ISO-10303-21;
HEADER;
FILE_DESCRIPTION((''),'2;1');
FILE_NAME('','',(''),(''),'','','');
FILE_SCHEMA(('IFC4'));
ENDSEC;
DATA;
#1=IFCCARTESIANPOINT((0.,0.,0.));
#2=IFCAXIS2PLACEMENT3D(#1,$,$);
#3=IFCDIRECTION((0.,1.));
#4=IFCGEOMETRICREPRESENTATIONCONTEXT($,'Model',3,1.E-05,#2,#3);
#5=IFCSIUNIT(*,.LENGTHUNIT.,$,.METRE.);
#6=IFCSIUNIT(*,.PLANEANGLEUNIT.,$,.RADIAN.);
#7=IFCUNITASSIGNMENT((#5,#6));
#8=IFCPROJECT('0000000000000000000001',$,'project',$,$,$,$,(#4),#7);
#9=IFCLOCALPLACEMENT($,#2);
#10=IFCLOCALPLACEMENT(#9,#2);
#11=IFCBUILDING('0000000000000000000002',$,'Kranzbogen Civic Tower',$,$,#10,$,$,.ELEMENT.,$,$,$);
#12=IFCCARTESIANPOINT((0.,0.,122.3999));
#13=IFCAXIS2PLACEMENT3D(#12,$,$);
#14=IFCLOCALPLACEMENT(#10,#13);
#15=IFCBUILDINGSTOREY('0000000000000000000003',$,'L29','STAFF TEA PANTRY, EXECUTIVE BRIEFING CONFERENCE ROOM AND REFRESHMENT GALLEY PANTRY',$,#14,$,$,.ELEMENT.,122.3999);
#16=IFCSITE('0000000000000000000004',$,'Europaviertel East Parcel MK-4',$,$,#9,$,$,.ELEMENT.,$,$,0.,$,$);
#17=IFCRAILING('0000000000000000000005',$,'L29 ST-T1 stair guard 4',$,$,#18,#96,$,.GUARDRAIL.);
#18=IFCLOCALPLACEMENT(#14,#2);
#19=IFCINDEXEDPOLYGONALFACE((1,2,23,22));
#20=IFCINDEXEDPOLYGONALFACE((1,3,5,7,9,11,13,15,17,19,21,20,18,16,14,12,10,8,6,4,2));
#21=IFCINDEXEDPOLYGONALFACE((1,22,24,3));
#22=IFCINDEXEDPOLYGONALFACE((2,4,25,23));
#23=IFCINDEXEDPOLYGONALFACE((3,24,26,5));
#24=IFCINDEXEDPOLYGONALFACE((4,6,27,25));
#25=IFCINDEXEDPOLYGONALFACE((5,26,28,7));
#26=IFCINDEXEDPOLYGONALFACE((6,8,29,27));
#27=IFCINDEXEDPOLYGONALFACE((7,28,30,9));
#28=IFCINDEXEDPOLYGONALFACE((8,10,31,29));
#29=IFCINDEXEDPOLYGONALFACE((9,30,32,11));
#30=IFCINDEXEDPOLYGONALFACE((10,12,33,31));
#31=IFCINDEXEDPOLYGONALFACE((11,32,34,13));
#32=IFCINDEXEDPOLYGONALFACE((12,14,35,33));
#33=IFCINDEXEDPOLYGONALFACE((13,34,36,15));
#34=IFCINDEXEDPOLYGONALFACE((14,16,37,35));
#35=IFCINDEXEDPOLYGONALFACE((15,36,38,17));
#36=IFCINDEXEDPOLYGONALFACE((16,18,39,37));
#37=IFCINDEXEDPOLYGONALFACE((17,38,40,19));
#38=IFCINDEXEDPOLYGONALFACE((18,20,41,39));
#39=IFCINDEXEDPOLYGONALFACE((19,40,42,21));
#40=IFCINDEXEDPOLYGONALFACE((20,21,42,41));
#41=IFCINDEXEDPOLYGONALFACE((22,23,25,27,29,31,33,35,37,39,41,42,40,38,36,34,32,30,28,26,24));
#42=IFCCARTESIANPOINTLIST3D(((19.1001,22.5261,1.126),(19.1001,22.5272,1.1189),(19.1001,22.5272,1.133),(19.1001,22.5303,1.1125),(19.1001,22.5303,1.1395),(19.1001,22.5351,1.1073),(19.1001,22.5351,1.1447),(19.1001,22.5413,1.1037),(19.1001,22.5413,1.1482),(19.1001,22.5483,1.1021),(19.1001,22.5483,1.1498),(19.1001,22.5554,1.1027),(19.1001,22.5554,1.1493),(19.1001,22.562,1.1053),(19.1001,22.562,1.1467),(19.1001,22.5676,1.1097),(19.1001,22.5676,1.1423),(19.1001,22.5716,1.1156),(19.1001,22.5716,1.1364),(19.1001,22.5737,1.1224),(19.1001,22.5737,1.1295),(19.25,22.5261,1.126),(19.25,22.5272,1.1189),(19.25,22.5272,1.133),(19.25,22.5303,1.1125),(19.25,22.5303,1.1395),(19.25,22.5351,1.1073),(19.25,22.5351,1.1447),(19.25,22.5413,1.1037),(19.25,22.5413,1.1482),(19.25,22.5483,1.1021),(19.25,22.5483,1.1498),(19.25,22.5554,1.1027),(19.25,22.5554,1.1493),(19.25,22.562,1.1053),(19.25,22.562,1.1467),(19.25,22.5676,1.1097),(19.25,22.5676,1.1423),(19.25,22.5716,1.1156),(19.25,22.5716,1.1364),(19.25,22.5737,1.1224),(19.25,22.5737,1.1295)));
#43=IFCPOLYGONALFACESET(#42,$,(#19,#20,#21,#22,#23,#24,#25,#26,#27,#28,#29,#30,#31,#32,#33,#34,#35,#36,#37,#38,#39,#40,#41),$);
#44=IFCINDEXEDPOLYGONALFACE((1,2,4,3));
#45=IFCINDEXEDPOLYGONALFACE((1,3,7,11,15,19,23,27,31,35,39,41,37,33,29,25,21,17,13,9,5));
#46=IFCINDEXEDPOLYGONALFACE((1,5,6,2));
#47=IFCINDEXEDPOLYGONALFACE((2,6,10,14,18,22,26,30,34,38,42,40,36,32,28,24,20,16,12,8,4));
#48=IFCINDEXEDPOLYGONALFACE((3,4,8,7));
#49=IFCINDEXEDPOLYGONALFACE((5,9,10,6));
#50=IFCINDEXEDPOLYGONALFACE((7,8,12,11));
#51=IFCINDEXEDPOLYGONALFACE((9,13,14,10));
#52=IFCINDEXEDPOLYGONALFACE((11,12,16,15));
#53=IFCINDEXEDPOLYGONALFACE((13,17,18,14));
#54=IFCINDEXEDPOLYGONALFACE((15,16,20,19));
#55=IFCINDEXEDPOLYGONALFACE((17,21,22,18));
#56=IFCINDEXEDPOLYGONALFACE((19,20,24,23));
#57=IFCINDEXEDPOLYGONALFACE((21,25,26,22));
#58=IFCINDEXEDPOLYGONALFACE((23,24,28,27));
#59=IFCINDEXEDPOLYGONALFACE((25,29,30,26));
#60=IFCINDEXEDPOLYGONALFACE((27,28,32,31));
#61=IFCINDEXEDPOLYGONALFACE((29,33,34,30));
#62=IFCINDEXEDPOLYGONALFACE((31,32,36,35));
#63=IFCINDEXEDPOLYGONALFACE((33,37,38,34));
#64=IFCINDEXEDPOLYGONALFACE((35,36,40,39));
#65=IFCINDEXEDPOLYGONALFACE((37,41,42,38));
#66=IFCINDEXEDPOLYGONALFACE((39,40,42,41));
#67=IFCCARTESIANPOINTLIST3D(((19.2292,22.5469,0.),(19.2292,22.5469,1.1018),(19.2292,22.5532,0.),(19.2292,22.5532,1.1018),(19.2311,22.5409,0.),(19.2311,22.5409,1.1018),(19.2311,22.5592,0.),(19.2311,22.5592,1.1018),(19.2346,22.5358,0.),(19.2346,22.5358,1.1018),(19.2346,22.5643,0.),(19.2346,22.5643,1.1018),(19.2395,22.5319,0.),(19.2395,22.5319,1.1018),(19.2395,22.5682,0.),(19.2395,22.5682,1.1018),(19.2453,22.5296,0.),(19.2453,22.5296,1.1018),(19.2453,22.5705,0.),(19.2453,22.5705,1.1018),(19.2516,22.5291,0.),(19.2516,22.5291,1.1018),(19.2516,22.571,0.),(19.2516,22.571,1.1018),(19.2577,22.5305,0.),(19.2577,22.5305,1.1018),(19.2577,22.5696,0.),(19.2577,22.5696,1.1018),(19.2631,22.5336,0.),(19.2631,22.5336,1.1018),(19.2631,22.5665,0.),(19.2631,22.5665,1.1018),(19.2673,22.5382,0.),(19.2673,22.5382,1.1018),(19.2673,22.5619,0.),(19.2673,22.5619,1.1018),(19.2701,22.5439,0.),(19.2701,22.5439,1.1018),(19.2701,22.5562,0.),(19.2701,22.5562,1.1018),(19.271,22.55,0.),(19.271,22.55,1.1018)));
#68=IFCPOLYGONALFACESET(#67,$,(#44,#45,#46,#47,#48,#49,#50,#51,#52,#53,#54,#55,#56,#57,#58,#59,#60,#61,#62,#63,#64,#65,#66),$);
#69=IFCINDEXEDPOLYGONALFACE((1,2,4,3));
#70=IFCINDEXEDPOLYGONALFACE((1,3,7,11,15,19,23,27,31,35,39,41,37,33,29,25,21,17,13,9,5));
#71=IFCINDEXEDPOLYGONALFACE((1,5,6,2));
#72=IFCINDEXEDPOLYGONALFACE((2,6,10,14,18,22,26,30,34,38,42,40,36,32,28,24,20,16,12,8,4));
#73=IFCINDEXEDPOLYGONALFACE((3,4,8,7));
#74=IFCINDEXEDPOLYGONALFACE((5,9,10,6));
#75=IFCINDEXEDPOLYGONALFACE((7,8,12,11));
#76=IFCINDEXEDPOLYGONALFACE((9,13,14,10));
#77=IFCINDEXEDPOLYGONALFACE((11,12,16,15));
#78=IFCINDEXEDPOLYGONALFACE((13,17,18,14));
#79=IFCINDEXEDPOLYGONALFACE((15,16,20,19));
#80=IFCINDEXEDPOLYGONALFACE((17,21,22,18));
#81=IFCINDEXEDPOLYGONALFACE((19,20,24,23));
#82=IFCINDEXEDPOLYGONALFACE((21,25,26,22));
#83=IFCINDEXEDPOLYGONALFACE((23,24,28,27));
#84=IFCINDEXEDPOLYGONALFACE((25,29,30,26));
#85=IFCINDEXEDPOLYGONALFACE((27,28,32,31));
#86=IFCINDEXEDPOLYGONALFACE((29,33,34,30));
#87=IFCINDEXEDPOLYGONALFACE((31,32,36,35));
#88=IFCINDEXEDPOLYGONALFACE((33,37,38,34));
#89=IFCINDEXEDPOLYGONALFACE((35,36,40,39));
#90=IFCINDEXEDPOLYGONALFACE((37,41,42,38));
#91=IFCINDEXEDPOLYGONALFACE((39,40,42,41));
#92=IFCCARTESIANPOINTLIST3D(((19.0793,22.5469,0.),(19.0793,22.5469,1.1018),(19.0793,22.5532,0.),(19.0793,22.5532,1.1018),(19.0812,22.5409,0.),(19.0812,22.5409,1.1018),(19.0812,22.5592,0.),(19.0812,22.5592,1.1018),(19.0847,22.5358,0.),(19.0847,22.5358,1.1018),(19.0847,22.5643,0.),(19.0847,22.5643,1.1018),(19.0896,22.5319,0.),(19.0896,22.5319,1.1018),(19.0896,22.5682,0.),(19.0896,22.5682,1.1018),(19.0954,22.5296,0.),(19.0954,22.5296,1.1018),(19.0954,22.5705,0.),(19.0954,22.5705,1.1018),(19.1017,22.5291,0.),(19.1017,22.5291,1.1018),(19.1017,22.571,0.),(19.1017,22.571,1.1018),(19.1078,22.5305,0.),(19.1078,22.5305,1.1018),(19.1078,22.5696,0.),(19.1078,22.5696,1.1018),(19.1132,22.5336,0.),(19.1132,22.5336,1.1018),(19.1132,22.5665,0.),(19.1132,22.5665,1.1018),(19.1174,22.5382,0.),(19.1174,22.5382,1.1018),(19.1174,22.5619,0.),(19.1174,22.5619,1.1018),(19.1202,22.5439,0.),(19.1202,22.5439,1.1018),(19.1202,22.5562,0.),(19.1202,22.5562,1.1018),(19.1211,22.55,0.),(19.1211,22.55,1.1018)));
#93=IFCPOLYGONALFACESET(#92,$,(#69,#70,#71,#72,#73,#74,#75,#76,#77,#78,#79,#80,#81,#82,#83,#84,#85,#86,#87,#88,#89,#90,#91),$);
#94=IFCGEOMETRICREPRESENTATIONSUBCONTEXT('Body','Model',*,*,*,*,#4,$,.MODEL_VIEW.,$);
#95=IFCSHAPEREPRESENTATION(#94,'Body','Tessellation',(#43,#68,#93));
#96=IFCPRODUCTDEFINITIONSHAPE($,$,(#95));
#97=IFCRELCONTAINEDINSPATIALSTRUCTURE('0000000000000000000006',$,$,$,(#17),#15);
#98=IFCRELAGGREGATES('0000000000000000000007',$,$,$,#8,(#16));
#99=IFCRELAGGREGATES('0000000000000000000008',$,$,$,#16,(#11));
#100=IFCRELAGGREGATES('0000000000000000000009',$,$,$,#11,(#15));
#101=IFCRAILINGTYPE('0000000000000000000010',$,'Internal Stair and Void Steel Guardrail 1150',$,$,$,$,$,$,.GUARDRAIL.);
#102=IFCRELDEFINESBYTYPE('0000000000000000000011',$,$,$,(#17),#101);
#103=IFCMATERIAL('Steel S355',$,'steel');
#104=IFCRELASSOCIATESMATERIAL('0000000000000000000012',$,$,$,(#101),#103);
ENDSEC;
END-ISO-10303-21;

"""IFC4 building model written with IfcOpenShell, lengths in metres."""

from ifc_helpers import new_model, si_unit, direction, frame, origin, origin_2d, place, context, subcontext, project, spatial, circle, extrude, material, type_object, element, save


model = new_model("IFC4")

# Units and contexts
model_context = context("Model", 3, precision=1e-05, world=origin(), true_north=direction((0.0, 1.0)))
body_context = subcontext(model_context, "Body", "Model", "MODEL_VIEW")
ifc_project = project(units=[si_unit("LENGTHUNIT", "METRE"), si_unit("PLANEANGLEUNIT", "RADIAN")], contexts=[model_context])

# Site, building, storey
site_placement = place(None, origin())
site = spatial("IfcSite", under=ifc_project, at=site_placement, Name="Europaviertel East Parcel MK-4", CompositionType="ELEMENT", RefElevation=0.0)
building_placement = place(site_placement, origin())
building = spatial("IfcBuilding", under=site, at=building_placement, Name="Kranzbogen Civic Tower", CompositionType="ELEMENT")
storey_placement = place(building_placement, frame((0.0, 0.0, 122.3999)))
storey = spatial("IfcBuildingStorey", under=building, at=storey_placement, Name="L29", Description="STAFF TEA PANTRY, EXECUTIVE BRIEFING CONFERENCE ROOM AND REFRESHMENT GALLEY PANTRY", CompositionType="ELEMENT", Elevation=122.3999)

# Shared definitions
ifc_material_1 = material(Name="Steel S355", Category="steel")

# Railing
railing_type_1 = type_object("IfcRailingType", Name="Internal Stair and Void Steel Guardrail 1150", PredefinedType="GUARDRAIL", material=ifc_material_1)
railing_1_placement = place(storey_placement, frame((19.25, 22.55, 0.0)))
element("IfcRailing", 1, at=railing_1_placement, inside=storey, type_object=railing_type_1, Name="L29 ST-T1 stair guard 4", PredefinedType="GUARDRAIL", context=body_context, shape_type="SweptSolid", body=[
    extrude(circle(Radius=0.0239, at=origin_2d()), frame((0.0, 0.0, 1.126), z_axis=(-1.0, 0.0, 0.0), x_axis=(0.0, -1.0, 0.0)), (0.0, 0.0, 1.0), 0.1499),
    extrude(circle(Radius=0.021, at=origin_2d()), origin(), (0.0, 0.0, 1.0), 1.1018),
    extrude(circle(Radius=0.021, at=origin_2d()), frame((-0.1499, 0.0, 0.0)), (0.0, 0.0, 1.0), 1.1018),
])

save(model, "model.ifc")
